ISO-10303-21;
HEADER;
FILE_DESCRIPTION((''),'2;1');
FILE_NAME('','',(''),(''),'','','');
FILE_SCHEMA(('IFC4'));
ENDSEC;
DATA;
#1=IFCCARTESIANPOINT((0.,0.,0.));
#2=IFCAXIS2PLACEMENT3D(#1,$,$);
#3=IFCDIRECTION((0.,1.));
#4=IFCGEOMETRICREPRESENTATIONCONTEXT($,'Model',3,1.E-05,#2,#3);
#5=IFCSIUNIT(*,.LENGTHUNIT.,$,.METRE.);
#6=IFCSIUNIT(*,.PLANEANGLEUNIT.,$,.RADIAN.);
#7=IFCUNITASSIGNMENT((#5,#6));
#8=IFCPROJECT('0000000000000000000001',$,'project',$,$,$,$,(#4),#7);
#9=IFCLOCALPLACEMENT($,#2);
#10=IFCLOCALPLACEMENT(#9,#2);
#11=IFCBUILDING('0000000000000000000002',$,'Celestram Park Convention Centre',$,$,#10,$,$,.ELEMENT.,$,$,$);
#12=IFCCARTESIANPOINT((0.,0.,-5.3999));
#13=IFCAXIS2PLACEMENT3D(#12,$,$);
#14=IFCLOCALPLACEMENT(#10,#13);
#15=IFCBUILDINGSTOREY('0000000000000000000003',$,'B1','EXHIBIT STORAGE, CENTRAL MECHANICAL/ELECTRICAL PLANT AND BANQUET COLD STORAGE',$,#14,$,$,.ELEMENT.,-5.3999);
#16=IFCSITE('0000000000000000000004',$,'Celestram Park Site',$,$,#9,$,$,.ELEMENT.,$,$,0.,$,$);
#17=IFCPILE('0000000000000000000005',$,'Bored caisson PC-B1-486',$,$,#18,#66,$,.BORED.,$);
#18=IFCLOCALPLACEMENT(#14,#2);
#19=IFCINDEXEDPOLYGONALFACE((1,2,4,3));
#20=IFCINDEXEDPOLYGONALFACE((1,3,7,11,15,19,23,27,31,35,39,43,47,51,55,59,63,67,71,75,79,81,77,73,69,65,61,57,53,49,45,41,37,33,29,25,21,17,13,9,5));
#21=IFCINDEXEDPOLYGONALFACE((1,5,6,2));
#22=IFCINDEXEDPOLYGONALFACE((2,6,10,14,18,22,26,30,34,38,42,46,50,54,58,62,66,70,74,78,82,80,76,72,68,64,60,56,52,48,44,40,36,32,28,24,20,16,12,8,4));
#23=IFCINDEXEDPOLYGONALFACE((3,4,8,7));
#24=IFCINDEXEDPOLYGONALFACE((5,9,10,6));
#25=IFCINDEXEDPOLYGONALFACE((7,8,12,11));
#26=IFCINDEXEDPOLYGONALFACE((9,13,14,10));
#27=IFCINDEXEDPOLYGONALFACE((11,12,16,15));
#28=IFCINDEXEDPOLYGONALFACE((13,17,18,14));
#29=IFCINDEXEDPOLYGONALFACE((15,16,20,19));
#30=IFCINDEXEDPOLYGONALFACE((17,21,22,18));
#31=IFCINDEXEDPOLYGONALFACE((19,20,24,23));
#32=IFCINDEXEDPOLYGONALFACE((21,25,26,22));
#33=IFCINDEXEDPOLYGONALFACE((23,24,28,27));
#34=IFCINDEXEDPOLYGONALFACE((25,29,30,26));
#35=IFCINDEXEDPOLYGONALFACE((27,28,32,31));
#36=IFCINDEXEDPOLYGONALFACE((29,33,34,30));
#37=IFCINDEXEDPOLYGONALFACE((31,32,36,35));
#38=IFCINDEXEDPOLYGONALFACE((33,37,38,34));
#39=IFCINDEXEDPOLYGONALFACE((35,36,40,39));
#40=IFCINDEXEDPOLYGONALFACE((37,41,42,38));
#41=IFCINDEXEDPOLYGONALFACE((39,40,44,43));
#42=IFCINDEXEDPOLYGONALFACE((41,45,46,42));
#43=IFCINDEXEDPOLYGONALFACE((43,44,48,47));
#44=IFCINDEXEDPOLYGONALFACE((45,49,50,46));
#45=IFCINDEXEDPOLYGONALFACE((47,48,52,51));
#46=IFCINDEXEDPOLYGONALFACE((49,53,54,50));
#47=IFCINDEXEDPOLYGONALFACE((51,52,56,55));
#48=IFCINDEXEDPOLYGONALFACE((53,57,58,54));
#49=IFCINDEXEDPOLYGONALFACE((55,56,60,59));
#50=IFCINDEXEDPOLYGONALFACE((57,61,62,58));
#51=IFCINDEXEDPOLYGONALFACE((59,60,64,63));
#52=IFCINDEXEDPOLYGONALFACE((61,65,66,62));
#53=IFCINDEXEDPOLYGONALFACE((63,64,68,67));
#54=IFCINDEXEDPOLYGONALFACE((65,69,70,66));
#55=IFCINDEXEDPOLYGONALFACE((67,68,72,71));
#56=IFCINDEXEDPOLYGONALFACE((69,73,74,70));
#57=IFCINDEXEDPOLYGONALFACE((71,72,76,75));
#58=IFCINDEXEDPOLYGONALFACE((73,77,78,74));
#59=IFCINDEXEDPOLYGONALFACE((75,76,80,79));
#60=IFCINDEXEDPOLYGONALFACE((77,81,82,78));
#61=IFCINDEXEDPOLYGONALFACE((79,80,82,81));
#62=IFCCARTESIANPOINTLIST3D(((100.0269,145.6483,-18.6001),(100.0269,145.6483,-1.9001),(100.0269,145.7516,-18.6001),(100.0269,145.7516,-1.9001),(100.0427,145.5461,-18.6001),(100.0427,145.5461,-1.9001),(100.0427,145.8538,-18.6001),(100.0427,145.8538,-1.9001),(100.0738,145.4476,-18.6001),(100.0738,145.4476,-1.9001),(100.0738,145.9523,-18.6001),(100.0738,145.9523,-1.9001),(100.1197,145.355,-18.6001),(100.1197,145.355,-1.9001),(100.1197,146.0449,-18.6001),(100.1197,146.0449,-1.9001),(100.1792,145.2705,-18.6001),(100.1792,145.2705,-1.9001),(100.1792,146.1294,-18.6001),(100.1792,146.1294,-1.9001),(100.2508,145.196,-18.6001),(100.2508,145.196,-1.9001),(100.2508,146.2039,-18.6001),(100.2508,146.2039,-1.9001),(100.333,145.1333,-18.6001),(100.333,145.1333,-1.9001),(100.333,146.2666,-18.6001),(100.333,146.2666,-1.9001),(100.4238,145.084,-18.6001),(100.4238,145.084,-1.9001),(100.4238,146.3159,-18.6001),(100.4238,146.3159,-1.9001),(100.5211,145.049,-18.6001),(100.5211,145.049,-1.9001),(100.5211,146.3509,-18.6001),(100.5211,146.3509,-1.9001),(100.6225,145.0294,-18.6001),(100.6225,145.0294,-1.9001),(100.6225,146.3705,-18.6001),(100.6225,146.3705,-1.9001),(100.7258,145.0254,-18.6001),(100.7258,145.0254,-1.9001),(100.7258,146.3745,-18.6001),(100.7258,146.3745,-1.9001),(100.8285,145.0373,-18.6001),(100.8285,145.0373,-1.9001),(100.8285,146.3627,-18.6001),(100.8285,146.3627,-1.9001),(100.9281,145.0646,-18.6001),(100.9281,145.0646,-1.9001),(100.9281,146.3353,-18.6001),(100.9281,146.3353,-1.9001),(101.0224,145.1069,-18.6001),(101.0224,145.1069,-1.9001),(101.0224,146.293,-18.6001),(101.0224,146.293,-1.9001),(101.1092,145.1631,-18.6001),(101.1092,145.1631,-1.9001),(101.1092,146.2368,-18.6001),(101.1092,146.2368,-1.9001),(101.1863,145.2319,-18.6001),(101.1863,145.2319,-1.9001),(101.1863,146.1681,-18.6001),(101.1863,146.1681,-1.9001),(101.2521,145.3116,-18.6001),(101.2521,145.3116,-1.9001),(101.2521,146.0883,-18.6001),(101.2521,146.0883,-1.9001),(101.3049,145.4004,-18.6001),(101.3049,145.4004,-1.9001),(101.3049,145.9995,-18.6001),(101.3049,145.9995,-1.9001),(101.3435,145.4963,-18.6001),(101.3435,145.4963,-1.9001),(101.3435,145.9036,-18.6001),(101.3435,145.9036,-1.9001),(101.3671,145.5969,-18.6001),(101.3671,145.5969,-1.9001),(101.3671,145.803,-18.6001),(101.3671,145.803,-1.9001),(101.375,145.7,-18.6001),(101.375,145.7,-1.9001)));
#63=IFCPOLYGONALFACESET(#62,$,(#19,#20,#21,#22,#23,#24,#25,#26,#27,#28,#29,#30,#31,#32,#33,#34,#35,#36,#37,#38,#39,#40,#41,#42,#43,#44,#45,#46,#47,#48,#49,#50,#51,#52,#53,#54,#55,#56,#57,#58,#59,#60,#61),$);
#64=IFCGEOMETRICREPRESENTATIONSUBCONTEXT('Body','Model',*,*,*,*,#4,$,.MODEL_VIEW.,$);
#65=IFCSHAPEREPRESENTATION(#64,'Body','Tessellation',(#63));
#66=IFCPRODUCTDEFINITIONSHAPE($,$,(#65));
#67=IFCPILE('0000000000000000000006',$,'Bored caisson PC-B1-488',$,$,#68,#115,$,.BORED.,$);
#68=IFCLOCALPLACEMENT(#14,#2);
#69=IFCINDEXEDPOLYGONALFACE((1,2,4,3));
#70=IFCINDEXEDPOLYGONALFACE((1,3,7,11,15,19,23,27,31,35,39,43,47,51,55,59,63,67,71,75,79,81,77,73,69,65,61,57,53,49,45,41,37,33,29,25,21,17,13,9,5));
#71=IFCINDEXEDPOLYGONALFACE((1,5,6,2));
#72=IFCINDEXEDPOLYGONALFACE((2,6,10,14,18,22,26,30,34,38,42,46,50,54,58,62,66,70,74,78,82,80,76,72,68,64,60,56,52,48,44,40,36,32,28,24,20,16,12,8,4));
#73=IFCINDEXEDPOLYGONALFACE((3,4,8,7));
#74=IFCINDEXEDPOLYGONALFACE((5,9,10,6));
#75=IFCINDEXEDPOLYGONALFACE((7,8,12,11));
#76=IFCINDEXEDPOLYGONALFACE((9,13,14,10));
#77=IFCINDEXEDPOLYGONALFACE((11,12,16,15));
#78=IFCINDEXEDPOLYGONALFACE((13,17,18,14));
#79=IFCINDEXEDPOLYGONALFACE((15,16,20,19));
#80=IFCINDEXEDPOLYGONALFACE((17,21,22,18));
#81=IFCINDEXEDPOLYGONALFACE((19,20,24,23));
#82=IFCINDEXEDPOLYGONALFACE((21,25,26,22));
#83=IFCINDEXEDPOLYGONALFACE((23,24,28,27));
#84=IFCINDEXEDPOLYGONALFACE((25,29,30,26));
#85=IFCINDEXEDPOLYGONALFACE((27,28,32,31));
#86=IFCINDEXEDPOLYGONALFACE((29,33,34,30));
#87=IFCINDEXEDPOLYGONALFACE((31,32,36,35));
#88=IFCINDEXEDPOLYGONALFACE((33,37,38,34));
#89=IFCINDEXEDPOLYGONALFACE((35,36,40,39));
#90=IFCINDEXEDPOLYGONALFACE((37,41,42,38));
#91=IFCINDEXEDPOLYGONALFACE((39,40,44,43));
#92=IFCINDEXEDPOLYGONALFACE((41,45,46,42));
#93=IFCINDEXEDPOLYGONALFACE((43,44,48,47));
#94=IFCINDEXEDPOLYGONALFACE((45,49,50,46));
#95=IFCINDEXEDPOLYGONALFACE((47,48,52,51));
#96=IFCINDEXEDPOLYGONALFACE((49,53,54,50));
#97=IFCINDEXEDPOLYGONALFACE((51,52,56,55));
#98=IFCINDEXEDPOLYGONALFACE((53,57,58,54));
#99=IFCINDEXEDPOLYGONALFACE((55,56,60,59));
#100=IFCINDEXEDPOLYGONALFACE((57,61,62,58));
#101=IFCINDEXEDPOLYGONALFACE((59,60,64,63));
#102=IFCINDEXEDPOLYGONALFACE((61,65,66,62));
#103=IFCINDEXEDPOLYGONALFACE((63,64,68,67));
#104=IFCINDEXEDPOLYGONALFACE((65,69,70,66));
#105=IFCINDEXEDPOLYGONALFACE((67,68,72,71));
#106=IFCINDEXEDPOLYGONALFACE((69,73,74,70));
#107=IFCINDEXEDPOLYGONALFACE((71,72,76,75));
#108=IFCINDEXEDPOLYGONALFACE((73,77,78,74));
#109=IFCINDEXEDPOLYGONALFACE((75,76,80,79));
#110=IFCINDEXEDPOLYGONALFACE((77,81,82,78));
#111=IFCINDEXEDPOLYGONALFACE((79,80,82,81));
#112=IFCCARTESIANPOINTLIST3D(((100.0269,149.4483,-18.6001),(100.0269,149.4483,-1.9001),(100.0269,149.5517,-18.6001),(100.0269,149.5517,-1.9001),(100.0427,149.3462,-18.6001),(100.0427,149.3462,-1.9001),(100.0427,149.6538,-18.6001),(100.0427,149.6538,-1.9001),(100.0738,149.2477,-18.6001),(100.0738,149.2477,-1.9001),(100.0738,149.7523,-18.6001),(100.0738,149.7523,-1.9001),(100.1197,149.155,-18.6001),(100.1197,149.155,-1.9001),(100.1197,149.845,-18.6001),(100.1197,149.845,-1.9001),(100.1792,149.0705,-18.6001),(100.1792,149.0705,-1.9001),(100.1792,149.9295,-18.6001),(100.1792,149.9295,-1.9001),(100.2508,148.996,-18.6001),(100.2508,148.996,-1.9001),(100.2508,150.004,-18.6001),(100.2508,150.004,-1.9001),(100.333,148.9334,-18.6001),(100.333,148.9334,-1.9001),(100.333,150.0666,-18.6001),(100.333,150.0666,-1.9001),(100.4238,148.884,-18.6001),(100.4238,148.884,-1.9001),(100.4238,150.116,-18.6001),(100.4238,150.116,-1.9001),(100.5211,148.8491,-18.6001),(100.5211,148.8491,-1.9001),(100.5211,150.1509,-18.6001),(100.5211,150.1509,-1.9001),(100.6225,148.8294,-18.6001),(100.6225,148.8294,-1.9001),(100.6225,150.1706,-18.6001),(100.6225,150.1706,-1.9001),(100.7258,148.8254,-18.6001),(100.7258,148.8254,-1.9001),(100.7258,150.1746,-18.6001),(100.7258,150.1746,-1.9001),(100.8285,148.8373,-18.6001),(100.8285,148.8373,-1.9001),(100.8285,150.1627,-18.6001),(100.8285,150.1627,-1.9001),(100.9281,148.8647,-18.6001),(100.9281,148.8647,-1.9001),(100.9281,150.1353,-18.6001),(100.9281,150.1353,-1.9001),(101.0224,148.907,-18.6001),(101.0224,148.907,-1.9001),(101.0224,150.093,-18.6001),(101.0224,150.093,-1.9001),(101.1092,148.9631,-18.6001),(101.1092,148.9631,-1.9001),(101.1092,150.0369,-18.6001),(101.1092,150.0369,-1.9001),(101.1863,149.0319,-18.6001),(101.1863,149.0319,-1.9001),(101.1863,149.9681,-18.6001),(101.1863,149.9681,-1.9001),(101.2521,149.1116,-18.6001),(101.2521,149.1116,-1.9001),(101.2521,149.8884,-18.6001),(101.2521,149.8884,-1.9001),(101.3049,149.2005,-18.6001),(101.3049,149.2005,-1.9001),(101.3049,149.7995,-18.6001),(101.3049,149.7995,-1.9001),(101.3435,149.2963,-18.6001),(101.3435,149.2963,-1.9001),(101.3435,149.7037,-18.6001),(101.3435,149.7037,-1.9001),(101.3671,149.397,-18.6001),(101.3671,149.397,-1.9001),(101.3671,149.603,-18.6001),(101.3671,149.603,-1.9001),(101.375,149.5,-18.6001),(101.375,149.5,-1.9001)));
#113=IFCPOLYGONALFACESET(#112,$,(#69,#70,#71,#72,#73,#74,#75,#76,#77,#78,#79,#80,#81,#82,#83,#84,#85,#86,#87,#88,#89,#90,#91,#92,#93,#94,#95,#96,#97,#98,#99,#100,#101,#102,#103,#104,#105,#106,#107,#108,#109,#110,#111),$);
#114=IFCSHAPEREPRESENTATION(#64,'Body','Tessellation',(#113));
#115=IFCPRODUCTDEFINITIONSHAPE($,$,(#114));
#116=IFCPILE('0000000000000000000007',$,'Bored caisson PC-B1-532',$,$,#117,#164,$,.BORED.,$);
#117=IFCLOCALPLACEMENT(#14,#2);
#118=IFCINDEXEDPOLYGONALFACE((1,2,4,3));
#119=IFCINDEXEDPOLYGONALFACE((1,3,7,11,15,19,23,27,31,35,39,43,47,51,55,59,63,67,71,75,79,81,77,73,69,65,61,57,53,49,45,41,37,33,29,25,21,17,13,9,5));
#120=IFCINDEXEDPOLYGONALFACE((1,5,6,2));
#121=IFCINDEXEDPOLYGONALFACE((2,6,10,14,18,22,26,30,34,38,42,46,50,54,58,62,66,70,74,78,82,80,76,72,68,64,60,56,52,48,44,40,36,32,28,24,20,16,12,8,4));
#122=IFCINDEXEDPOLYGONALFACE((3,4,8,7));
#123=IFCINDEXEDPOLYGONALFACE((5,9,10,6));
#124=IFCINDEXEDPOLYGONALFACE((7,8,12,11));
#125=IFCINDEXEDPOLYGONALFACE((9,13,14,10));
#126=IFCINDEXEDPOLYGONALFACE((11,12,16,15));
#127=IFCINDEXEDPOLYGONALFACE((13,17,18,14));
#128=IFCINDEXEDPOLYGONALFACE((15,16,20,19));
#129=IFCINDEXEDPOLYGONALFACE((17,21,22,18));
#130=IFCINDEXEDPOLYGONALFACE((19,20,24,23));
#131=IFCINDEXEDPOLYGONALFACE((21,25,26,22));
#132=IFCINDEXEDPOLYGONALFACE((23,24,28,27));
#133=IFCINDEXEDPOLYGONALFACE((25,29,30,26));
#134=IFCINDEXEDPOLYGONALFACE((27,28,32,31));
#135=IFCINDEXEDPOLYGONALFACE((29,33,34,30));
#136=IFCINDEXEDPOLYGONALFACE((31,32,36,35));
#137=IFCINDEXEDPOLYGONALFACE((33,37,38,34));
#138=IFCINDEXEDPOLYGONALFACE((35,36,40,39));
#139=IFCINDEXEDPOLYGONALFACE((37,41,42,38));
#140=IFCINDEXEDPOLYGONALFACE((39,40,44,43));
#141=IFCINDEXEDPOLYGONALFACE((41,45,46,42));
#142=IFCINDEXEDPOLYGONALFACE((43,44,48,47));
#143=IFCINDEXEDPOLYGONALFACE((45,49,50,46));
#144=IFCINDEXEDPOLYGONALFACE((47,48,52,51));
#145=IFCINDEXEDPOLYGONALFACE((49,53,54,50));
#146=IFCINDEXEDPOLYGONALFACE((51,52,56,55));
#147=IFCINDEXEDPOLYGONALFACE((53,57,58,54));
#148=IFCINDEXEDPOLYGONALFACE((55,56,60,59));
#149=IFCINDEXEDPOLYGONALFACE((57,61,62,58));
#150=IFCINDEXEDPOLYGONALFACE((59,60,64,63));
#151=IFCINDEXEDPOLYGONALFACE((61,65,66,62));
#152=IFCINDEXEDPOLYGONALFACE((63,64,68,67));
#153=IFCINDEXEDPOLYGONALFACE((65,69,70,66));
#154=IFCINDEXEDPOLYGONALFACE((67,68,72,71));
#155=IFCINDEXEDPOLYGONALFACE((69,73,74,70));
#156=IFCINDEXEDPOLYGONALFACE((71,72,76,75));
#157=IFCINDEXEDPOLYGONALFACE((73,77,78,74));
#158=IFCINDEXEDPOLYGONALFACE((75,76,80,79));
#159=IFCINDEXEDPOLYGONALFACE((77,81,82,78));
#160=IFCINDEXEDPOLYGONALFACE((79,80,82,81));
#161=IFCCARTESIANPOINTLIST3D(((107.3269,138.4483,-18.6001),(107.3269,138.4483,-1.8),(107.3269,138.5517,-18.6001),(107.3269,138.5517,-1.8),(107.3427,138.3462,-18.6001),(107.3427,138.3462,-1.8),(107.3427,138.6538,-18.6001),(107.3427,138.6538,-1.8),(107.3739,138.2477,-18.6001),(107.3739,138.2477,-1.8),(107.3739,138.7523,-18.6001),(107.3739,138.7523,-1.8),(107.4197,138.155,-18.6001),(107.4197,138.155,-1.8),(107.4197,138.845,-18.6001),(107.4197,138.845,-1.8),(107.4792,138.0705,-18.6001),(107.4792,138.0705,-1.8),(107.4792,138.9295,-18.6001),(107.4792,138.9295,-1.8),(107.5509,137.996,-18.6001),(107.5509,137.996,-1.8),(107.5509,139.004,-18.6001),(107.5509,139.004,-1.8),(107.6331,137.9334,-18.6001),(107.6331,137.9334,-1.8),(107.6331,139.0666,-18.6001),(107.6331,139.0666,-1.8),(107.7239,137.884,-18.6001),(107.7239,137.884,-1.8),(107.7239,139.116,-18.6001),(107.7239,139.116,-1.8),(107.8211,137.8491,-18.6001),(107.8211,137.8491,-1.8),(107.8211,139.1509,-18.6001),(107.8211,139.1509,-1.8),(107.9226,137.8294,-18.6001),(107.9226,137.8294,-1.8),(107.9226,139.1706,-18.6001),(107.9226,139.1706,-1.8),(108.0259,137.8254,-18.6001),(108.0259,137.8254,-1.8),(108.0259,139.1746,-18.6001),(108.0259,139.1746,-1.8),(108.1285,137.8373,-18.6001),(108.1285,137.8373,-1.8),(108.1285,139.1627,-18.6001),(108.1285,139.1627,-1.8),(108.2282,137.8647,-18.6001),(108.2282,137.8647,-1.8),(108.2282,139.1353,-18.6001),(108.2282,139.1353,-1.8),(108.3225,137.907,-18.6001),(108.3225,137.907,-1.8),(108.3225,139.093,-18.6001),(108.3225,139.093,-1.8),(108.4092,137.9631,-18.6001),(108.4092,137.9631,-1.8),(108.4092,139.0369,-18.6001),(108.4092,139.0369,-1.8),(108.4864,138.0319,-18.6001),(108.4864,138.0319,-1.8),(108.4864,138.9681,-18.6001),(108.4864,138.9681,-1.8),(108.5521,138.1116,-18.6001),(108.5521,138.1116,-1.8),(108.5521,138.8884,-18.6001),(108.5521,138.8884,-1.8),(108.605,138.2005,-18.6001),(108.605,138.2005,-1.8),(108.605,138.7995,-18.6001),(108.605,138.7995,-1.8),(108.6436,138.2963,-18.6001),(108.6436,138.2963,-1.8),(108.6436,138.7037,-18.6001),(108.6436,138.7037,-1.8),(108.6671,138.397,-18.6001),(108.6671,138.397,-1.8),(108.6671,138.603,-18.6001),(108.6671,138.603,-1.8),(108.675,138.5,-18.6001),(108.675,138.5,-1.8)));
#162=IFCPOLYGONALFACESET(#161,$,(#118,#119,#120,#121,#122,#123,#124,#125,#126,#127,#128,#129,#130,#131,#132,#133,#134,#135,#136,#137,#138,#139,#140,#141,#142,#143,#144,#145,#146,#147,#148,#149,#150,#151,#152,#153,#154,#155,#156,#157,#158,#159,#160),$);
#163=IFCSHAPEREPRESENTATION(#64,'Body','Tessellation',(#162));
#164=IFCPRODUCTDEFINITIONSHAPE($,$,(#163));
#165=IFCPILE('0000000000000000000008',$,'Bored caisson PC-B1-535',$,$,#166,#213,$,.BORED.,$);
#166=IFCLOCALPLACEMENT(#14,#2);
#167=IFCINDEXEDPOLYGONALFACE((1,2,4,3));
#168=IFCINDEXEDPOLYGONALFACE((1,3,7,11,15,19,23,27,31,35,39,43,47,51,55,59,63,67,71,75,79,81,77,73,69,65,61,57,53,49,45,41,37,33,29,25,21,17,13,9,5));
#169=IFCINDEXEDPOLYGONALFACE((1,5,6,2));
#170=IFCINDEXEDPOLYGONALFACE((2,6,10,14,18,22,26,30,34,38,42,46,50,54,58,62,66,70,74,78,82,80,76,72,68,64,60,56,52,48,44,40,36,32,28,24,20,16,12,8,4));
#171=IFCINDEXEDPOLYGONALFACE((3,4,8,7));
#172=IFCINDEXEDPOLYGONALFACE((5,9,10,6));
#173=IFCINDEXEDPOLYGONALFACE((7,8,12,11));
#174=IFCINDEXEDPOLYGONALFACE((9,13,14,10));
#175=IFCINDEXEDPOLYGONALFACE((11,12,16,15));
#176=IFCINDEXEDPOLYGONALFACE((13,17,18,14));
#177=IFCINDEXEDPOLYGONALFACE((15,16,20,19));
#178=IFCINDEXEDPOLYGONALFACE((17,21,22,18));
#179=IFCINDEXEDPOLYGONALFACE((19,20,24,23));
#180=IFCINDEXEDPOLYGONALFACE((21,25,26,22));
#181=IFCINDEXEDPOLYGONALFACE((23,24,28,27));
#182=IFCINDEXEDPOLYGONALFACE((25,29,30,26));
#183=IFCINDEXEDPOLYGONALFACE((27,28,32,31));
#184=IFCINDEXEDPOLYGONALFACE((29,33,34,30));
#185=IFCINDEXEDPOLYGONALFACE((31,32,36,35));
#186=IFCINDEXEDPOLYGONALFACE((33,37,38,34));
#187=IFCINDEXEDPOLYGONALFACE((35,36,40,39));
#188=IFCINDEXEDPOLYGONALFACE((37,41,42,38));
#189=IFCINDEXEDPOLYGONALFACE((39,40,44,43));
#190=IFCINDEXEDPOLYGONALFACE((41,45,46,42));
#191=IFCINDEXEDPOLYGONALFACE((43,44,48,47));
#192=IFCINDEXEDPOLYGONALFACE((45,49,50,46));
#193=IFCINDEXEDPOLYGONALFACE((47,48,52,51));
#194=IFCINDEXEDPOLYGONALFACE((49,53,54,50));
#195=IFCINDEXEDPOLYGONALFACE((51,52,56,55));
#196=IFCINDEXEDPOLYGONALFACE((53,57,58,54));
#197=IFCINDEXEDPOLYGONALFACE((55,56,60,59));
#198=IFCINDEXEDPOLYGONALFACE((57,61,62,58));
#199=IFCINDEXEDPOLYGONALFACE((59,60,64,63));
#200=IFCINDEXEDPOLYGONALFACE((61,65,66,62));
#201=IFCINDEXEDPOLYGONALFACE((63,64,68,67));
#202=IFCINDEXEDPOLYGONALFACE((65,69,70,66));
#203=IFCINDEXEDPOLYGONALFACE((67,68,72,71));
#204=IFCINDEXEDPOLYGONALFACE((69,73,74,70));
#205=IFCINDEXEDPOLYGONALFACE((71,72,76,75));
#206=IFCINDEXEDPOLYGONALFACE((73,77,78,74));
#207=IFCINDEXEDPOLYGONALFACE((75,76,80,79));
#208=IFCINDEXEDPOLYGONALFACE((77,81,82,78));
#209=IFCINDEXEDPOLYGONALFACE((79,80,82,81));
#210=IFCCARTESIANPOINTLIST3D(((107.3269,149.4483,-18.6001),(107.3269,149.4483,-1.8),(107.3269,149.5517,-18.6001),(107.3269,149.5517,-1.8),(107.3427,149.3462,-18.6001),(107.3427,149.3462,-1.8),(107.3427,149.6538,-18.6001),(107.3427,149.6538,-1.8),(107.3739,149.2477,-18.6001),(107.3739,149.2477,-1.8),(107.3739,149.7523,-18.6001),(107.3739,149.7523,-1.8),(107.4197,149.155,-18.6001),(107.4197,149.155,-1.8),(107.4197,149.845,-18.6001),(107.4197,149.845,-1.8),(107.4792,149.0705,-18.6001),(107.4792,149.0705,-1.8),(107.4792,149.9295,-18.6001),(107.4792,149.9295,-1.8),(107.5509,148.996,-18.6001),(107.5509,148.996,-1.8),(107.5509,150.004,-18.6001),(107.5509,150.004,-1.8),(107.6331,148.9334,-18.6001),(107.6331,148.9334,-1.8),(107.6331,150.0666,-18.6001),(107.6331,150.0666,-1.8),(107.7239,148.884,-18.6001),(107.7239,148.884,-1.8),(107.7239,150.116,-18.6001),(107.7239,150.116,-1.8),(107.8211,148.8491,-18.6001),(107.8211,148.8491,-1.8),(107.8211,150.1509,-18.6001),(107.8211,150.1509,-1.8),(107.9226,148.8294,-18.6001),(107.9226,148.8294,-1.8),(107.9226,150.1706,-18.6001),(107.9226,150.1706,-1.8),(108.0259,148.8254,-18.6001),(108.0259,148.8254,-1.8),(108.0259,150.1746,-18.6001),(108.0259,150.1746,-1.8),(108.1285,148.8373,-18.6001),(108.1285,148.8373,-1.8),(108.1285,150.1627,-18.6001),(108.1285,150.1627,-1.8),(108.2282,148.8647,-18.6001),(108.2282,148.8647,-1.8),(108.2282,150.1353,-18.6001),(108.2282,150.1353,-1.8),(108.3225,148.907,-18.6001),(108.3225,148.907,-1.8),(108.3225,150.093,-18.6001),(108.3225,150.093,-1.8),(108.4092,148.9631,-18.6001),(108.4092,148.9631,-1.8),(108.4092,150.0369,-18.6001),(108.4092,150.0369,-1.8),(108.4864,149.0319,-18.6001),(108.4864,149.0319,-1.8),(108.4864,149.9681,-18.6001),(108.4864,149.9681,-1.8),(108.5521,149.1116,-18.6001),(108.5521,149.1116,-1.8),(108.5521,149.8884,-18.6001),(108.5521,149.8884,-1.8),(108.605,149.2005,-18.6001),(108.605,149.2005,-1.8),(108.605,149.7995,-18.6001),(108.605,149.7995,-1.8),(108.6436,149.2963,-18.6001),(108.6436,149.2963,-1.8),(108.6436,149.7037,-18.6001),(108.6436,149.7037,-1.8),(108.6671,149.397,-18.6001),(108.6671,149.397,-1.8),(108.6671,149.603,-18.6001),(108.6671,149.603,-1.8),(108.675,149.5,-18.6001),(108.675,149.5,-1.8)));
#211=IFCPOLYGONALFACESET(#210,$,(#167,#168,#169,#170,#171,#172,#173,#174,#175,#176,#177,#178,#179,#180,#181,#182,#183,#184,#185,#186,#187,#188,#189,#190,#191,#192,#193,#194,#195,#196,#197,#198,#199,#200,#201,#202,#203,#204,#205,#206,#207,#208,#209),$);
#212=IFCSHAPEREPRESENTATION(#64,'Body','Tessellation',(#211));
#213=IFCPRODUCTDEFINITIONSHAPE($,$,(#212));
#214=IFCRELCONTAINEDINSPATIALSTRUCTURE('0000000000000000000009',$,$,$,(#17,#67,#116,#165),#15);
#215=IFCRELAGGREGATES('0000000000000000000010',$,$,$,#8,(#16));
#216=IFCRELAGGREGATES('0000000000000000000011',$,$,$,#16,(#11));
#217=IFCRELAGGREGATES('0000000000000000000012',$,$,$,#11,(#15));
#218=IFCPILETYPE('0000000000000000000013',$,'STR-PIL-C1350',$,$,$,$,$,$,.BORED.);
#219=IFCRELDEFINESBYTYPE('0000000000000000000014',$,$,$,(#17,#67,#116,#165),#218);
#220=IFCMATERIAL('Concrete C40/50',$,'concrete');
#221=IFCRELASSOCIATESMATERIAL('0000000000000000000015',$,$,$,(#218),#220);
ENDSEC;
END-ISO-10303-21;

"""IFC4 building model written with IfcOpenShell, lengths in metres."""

from ifc_helpers import new_model, si_unit, direction, frame, origin, origin_2d, place, context, subcontext, project, spatial, circle, extrude, material, material_profile, profile_set, type_object, element, save


model = new_model("IFC4")

# Units and contexts
model_context = context("Model", 3, precision=1e-05, world=origin(), true_north=direction((0.0, 1.0)))
body_context = subcontext(model_context, "Body", "Model", "MODEL_VIEW")
ifc_project = project(units=[si_unit("LENGTHUNIT", "METRE"), si_unit("PLANEANGLEUNIT", "RADIAN")], contexts=[model_context])

# Site, building, storey
site_placement = place(None, origin())
site = spatial("IfcSite", under=ifc_project, at=site_placement, Name="Celestram Park Site", CompositionType="ELEMENT", RefElevation=0.0)
building_placement = place(site_placement, origin())
building = spatial("IfcBuilding", under=site, at=building_placement, Name="Celestram Park Convention Centre", CompositionType="ELEMENT")
storey_placement = place(building_placement, frame((0.0, 0.0, -5.3999)))
storey = spatial("IfcBuildingStorey", under=building, at=storey_placement, Name="B1", Description="EXHIBIT STORAGE, CENTRAL MECHANICAL/ELECTRICAL PLANT AND BANQUET COLD STORAGE", CompositionType="ELEMENT", Elevation=-5.3999)

# Shared definitions
ifc_material_1 = material(Name="Concrete C40/50", Category="concrete")

# Piles
ifc_material_profile_1 = material_profile(ifc_material_1, circle(Radius=0.675, at=origin_2d()), Name="CAISSON1350")
ifc_profile_set_1 = profile_set([ifc_material_profile_1], Name="Concrete C40/50")
pile_type_1 = type_object("IfcPileType", Name="STR-PIL-C1350", PredefinedType="BORED", material=ifc_profile_set_1)
for number, where, z_axis, x_axis, name in (
    (1, (100.7, 145.7, -1.9001), (0.0, 0.0, -1.0), (1.0, 0.0, 0.0), "Bored caisson PC-B1-486"),
    (2, (100.7, 149.5, -1.9001), (0.0, 0.0, -1.0), (1.0, 0.0, 0.0), "Bored caisson PC-B1-488"),
):
    element("IfcPile", number, at=place(storey_placement, frame(where, z_axis=z_axis, x_axis=x_axis)), inside=storey, type_object=pile_type_1, Name=name, PredefinedType="BORED", context=body_context, shape_type="SweptSolid", body=[
        extrude(circle(Radius=0.675, at=origin_2d()), origin(), (0.0, 0.0, 1.0), 16.7),
    ])
for number, where, z_axis, x_axis, name in (
    (3, (108.0, 138.5, -1.8), (0.0, 0.0, -1.0), (1.0, 0.0, 0.0), "Bored caisson PC-B1-532"),
    (4, (108.0, 149.5, -1.8), (0.0, 0.0, -1.0), (1.0, 0.0, 0.0), "Bored caisson PC-B1-535"),
):
    element("IfcPile", number, at=place(storey_placement, frame(where, z_axis=z_axis, x_axis=x_axis)), inside=storey, type_object=pile_type_1, Name=name, PredefinedType="BORED", context=body_context, shape_type="SweptSolid", body=[
        extrude(circle(Radius=0.675, at=origin_2d()), origin(), (0.0, 0.0, 1.0), 16.8),
    ])

save(model, "model.ifc")
